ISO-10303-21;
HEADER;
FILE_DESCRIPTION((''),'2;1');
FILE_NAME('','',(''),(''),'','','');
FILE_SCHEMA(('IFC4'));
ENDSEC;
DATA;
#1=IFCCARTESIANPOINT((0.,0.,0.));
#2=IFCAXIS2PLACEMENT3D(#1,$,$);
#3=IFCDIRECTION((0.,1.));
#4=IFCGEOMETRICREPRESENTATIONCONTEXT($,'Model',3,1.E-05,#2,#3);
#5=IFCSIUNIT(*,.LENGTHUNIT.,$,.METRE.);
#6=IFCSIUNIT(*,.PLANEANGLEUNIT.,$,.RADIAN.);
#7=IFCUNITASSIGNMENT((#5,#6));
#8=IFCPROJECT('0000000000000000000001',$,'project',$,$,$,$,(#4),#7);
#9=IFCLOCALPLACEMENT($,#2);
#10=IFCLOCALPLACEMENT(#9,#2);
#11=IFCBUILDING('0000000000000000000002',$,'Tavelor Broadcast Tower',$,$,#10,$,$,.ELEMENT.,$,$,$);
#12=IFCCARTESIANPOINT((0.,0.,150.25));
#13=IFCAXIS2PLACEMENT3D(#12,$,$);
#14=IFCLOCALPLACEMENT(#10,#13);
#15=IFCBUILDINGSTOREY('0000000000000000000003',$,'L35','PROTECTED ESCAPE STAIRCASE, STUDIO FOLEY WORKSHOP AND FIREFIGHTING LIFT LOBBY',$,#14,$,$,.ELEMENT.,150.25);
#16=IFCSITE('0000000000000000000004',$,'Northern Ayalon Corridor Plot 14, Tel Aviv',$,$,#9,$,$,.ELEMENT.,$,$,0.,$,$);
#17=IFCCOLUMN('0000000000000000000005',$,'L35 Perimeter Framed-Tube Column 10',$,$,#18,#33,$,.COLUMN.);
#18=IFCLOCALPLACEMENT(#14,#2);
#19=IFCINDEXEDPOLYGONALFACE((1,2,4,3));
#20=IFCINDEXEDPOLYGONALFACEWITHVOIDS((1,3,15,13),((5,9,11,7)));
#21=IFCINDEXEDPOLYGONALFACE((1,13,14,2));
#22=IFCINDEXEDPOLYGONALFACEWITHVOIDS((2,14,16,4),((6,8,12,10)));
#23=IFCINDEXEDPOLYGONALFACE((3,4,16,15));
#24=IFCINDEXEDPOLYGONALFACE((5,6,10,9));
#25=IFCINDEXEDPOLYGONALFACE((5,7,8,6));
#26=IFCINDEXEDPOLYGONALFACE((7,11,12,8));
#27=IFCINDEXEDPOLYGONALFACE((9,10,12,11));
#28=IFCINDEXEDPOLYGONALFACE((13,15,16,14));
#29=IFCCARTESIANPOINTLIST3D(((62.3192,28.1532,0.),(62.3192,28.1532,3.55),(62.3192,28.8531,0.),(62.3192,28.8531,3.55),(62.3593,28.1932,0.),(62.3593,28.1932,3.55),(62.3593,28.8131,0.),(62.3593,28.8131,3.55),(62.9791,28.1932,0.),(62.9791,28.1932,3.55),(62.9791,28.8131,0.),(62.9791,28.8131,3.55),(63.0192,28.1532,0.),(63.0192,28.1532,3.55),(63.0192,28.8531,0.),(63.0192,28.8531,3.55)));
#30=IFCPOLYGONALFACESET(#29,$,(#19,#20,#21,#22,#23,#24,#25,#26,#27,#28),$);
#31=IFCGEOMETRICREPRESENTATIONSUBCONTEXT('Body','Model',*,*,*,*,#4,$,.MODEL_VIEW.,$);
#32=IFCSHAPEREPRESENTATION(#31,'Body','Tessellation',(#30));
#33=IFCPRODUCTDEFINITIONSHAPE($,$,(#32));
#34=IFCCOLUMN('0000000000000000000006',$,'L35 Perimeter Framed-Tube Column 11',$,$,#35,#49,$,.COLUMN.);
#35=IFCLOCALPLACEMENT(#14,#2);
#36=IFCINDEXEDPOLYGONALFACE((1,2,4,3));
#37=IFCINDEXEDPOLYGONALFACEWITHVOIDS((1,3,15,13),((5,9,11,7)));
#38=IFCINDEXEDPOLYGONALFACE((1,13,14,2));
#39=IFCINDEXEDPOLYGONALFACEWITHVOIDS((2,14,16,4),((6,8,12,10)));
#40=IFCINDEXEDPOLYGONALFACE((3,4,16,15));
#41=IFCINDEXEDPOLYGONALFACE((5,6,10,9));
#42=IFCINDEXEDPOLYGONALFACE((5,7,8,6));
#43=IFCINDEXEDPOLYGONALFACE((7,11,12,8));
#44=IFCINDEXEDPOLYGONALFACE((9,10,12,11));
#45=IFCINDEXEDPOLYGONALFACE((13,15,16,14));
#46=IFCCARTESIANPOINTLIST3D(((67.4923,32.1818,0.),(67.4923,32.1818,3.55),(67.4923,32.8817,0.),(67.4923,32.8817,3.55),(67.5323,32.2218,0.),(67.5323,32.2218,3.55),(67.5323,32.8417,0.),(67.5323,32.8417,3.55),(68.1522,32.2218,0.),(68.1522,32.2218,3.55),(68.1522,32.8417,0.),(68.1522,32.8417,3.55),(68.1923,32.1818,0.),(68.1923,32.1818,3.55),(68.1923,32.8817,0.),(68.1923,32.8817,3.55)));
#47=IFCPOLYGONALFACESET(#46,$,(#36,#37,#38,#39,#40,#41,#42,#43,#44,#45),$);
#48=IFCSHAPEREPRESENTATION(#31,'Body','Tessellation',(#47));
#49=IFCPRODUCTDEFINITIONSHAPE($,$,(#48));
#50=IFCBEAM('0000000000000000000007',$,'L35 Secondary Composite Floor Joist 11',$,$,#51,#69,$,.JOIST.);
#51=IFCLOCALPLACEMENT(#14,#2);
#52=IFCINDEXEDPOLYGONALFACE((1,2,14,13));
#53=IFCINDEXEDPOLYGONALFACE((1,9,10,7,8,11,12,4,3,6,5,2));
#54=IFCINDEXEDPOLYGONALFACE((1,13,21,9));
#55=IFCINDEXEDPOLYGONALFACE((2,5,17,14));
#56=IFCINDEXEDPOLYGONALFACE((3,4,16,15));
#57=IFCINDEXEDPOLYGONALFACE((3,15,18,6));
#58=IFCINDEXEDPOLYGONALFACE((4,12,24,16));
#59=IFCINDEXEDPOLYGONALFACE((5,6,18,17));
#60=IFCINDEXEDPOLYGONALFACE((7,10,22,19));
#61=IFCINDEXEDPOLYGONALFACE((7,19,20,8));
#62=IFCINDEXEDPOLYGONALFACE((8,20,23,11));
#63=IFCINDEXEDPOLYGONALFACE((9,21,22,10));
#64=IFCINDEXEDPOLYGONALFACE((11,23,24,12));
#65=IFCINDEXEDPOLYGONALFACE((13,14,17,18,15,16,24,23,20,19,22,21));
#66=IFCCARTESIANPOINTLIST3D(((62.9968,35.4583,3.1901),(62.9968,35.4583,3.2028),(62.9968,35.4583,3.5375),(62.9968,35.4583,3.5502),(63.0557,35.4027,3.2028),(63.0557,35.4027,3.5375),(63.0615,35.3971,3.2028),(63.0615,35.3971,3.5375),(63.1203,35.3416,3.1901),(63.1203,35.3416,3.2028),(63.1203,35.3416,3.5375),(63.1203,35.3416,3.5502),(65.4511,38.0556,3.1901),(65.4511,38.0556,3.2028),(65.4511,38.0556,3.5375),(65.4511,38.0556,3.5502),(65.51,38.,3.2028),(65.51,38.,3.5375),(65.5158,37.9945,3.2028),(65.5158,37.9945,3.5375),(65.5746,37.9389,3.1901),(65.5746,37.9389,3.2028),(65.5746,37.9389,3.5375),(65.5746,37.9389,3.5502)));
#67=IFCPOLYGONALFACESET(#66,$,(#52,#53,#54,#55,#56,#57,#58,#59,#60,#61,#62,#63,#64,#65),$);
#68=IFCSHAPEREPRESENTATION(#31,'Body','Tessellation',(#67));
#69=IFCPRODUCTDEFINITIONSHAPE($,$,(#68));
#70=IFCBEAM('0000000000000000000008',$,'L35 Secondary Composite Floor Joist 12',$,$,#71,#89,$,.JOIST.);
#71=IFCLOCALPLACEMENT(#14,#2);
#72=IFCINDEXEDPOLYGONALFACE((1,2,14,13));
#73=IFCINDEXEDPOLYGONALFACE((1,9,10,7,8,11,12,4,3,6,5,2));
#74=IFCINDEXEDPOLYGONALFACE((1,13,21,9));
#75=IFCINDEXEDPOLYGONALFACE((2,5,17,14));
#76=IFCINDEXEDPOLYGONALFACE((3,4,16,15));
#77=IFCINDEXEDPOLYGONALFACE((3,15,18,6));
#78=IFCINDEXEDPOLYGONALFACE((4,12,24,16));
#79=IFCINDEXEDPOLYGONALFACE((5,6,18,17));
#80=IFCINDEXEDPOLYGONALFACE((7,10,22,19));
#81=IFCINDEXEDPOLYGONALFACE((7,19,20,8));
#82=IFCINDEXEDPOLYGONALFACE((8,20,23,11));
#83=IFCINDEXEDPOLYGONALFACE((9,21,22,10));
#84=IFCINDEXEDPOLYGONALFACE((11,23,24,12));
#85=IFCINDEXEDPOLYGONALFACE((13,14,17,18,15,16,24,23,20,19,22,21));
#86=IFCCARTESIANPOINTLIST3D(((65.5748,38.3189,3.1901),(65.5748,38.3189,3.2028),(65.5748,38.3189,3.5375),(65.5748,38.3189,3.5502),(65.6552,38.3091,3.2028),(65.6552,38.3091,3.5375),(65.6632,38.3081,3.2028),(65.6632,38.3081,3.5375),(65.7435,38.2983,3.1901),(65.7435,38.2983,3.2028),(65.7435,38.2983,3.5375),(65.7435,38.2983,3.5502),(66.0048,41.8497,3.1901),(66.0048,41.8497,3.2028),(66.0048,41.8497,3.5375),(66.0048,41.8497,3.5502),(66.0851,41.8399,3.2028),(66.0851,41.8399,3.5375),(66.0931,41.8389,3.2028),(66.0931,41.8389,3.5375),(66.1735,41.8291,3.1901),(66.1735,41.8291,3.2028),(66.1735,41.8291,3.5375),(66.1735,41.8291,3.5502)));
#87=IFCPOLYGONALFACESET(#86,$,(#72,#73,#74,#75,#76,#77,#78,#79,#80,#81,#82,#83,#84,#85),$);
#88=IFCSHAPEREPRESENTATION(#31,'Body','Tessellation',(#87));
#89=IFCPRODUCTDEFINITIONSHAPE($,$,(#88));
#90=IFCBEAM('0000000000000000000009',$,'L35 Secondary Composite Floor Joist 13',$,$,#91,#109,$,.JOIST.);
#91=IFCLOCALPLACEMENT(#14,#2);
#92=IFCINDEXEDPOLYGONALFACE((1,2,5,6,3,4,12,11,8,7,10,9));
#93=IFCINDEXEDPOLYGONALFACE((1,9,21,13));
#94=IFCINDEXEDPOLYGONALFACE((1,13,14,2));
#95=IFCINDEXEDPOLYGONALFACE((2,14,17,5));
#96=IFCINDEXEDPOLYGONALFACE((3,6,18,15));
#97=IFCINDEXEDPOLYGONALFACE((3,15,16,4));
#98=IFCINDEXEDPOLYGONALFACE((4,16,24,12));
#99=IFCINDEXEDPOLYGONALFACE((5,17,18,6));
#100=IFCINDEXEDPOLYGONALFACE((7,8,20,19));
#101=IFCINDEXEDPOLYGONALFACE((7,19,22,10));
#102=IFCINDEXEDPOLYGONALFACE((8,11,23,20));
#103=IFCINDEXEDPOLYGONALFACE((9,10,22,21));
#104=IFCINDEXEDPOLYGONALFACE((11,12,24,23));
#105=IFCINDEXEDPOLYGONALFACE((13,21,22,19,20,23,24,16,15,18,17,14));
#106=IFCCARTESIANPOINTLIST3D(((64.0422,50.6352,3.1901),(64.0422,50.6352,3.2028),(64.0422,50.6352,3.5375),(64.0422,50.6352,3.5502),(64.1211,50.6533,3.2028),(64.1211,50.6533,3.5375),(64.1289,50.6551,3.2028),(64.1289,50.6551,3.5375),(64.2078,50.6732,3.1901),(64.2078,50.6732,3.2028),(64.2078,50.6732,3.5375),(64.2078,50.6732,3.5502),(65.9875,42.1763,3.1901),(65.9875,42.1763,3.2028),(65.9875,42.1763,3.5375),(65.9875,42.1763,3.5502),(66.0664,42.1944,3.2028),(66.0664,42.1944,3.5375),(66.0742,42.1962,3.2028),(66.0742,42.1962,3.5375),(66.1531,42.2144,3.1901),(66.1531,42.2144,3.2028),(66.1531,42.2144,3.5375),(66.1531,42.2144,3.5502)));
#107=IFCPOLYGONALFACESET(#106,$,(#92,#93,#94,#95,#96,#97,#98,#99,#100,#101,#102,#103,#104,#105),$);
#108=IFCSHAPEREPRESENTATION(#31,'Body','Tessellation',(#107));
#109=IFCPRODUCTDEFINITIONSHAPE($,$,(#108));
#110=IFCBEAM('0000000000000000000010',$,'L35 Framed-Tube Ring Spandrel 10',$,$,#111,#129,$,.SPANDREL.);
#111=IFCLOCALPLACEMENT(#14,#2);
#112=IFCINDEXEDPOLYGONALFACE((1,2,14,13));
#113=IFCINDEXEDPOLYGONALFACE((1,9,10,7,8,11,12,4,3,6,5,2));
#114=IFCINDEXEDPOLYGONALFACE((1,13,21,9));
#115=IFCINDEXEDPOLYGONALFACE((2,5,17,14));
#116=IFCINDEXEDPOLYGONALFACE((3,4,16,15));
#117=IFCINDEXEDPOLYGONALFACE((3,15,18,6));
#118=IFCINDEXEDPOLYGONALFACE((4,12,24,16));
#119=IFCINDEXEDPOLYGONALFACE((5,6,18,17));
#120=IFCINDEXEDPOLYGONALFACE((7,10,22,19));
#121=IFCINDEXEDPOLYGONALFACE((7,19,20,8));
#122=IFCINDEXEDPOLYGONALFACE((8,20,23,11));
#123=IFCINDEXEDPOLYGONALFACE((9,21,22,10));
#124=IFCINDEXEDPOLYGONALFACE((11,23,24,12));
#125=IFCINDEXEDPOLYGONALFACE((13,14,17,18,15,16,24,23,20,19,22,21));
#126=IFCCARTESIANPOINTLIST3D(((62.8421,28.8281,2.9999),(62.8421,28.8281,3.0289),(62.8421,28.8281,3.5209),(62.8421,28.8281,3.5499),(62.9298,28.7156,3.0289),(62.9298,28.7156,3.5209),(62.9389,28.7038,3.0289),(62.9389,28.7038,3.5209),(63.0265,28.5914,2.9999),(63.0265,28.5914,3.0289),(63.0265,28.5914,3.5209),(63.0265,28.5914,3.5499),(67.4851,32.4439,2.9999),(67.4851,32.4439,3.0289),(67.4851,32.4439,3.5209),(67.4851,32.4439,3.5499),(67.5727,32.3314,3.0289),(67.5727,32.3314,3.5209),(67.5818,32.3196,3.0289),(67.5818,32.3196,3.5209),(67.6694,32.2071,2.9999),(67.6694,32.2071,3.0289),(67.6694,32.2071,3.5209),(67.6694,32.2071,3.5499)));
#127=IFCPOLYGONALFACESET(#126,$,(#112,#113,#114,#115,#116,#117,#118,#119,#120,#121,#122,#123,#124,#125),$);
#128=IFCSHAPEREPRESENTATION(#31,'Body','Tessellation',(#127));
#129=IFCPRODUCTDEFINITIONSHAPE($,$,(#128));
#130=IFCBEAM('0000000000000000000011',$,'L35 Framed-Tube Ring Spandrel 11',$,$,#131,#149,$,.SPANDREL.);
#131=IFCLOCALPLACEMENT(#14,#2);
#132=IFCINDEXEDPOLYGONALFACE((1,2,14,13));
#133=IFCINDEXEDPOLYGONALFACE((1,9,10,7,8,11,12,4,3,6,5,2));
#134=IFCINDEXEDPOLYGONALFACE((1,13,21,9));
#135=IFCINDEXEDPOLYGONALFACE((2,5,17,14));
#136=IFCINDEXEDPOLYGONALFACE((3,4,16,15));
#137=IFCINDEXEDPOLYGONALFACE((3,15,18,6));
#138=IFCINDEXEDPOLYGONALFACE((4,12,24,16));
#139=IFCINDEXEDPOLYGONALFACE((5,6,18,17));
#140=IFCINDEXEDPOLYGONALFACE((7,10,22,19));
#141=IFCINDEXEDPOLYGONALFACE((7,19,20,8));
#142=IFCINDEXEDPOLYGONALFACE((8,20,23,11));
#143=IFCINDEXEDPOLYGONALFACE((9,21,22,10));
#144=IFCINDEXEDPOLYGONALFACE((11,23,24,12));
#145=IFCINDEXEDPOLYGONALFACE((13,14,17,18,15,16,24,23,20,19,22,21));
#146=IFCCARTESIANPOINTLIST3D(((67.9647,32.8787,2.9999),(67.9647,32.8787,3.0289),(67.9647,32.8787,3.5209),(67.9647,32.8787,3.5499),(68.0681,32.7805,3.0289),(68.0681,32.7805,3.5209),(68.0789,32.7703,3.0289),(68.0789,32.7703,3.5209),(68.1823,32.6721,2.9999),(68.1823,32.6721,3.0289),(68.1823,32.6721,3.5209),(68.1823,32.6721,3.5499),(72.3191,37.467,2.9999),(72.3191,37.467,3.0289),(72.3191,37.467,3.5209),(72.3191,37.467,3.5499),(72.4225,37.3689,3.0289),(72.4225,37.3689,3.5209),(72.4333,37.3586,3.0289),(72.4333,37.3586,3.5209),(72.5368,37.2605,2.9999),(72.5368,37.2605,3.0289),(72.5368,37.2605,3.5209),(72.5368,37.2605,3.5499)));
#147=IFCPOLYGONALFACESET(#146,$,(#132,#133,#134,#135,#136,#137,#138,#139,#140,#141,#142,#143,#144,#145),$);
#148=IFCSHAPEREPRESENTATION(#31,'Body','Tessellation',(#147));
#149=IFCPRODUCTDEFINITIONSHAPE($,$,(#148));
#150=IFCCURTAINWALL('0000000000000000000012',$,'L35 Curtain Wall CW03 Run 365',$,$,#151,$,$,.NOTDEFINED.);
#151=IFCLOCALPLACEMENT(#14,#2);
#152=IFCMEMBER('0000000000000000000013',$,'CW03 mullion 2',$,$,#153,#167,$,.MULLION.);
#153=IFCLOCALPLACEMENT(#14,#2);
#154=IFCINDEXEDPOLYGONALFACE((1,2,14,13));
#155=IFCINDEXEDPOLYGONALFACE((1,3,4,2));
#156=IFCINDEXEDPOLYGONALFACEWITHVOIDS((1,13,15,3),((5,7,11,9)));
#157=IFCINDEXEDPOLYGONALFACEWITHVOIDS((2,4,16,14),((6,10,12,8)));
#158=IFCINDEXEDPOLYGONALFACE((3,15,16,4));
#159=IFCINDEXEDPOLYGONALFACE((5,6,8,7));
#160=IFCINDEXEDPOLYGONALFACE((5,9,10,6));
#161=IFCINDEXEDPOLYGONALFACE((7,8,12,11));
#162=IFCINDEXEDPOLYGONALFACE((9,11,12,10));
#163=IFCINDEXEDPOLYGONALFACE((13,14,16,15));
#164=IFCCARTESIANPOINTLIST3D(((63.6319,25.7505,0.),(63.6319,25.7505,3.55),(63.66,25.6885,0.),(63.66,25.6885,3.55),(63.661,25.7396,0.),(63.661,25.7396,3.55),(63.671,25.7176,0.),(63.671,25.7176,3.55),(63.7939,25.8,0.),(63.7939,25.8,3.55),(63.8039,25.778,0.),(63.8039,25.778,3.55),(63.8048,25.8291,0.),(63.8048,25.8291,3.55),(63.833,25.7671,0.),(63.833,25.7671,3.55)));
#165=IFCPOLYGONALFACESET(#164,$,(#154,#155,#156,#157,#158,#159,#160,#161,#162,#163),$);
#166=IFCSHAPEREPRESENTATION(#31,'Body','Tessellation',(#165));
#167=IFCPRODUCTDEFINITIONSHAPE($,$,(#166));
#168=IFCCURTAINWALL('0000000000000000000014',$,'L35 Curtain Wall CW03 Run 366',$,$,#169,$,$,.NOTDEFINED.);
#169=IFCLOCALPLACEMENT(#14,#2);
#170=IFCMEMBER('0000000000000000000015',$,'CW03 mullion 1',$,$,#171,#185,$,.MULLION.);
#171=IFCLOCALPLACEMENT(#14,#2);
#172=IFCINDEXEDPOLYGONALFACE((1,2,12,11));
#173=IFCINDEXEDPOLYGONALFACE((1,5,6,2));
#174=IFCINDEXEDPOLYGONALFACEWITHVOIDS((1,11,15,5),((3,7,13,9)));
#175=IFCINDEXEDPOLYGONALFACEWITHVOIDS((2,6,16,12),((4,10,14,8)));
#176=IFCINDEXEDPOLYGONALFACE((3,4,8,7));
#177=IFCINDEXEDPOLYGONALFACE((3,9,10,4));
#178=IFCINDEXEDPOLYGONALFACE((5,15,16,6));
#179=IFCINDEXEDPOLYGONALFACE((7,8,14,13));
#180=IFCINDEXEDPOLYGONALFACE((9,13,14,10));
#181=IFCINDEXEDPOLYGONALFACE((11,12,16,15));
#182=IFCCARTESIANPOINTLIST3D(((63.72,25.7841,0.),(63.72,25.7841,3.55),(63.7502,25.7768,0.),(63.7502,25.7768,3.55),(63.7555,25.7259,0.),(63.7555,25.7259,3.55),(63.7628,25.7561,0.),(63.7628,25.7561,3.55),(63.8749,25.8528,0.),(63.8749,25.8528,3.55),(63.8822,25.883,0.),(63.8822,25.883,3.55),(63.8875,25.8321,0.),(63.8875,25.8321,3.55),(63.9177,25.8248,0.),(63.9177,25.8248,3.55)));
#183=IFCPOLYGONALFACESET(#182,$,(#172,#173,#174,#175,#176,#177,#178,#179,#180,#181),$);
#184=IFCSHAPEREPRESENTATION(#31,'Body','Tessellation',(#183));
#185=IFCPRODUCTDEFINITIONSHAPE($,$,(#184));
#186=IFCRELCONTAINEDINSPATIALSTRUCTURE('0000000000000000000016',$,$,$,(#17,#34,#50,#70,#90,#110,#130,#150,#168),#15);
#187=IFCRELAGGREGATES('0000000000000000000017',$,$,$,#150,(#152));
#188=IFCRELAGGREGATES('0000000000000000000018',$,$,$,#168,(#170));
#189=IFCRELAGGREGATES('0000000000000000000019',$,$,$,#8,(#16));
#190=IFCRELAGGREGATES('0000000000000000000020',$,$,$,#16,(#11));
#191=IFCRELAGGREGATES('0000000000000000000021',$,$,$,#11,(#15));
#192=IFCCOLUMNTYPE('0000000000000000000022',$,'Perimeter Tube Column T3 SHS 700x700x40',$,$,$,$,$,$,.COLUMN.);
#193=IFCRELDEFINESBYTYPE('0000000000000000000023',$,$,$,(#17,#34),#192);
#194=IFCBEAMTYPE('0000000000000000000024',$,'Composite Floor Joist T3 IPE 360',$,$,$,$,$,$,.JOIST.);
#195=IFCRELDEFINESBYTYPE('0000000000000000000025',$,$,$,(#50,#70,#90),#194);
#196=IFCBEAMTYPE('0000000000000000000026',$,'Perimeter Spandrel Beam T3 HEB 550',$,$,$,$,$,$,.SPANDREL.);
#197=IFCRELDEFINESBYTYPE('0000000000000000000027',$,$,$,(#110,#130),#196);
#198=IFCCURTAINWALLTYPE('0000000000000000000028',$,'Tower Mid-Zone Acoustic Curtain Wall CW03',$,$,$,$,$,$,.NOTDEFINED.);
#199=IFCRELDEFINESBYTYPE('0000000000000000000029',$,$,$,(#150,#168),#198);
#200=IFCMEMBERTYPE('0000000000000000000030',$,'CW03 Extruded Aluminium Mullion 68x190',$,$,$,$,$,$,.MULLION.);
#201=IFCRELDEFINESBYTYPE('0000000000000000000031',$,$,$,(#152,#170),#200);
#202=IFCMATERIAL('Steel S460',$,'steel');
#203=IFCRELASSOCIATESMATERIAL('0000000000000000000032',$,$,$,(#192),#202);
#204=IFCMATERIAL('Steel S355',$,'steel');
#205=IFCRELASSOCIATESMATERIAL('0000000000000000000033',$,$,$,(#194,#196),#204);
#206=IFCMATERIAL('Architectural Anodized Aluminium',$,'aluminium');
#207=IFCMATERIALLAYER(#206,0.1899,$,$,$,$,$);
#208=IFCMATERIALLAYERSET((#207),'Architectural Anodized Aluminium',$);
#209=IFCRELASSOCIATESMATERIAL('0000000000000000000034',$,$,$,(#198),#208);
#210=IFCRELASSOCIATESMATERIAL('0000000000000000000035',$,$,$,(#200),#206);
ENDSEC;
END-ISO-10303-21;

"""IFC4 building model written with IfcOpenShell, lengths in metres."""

from ifc_helpers import new_model, si_unit, direction, frame, origin, origin_2d, place, context, subcontext, project, spatial, hollow_rectangle, i_section, extrude, source, transform, mapped, material, layer, layer_set, material_profile, profile_set, type_object, type_shapes, element, aggregate, save


model = new_model("IFC4")

# Units and contexts
model_context = context("Model", 3, precision=1e-05, world=origin(), true_north=direction((0.0, 1.0)))
body_context = subcontext(model_context, "Body", "Model", "MODEL_VIEW")
ifc_project = project(units=[si_unit("LENGTHUNIT", "METRE"), si_unit("PLANEANGLEUNIT", "RADIAN")], contexts=[model_context])

# Site, building, storey
site_placement = place(None, origin())
site = spatial("IfcSite", under=ifc_project, at=site_placement, Name="Northern Ayalon Corridor Plot 14, Tel Aviv", CompositionType="ELEMENT", RefElevation=0.0)
building_placement = place(site_placement, origin())
building = spatial("IfcBuilding", under=site, at=building_placement, Name="Tavelor Broadcast Tower", CompositionType="ELEMENT")
storey_placement = place(building_placement, frame((0.0, 0.0, 150.25)))
storey = spatial("IfcBuildingStorey", under=building, at=storey_placement, Name="L35", Description="PROTECTED ESCAPE STAIRCASE, STUDIO FOLEY WORKSHOP AND FIREFIGHTING LIFT LOBBY", CompositionType="ELEMENT", Elevation=150.25)

# Columns
ifc_material_1 = material(Name="Steel S460", Category="steel")
ifc_material_profile_1 = material_profile(ifc_material_1, hollow_rectangle(XDim=0.7, YDim=0.7, WallThickness=0.04, at=origin_2d()), Name="SHS 700x700x40")
ifc_profile_set_1 = profile_set([ifc_material_profile_1], Name="Steel S460")
column_type = type_object("IfcColumnType", Name="Perimeter Tube Column T3 SHS 700x700x40", PredefinedType="COLUMN", material=ifc_profile_set_1)
for number, where, z_axis, x_axis, name in (
    (1, (62.6692, 28.5032, 0.0), (0.0, 0.0, 1.0), (1.0, 0.0, 0.0), "L35 Perimeter Framed-Tube Column 10"),
    (2, (67.8423, 32.5317, 0.0), (0.0, 0.0, 1.0), (1.0, 0.0, 0.0), "L35 Perimeter Framed-Tube Column 11"),
):
    element("IfcColumn", number, at=place(storey_placement, frame(where, z_axis=z_axis, x_axis=x_axis)), inside=storey, type_object=column_type, Name=name, PredefinedType="COLUMN", context=body_context, shape_type="SweptSolid", body=[
        extrude(hollow_rectangle(XDim=0.7, YDim=0.7, WallThickness=0.04, at=origin_2d()), origin(), (0.0, 0.0, 1.0), 3.55),
    ])

# Beams
ifc_material_2 = material(Name="Steel S355", Category="steel")
ifc_material_profile_2 = material_profile(ifc_material_2, i_section(OverallWidth=0.1699, OverallDepth=0.3601, WebThickness=0.0081, FlangeThickness=0.0127, at=origin_2d()), Name="IPE 360")
ifc_profile_set_2 = profile_set([ifc_material_profile_2], Name="Steel S355")
beam_type_1 = type_object("IfcBeamType", Name="Composite Floor Joist T3 IPE 360", PredefinedType="JOIST", material=ifc_profile_set_2)
beam_1_placement = place(storey_placement, frame((63.0586, 35.3999, 3.3701), z_axis=(0.686806, 0.726841, 0.0), x_axis=(-0.726841, 0.686806, 0.0)))
element("IfcBeam", 3, at=beam_1_placement, inside=storey, type_object=beam_type_1, Name="L35 Secondary Composite Floor Joist 11", PredefinedType="JOIST", context=body_context, shape_type="SweptSolid", body=[
    extrude(i_section(OverallWidth=0.1699, OverallDepth=0.3601, WebThickness=0.0081, FlangeThickness=0.0127, at=origin_2d()), origin(), (0.0, 0.0, 1.0), 3.5735),
])
beam_2_placement = place(storey_placement, frame((65.6592, 38.3086, 3.3701), z_axis=(0.120875, 0.992668, 0.0), x_axis=(-0.992668, 0.120875, 0.0)))
element("IfcBeam", 4, at=beam_2_placement, inside=storey, type_object=beam_type_1, Name="L35 Secondary Composite Floor Joist 12", PredefinedType="JOIST", context=body_context, shape_type="SweptSolid", body=[
    extrude(i_section(OverallWidth=0.1699, OverallDepth=0.3601, WebThickness=0.0081, FlangeThickness=0.0127, at=origin_2d()), origin(), (0.0, 0.0, 1.0), 3.5569),
])
beam_3_placement = place(storey_placement, frame((66.0703, 42.1953, 3.3701), z_axis=(-0.22412, 0.974562, 0.0), x_axis=(-0.974562, -0.22412, 0.0)))
element("IfcBeam", 5, at=beam_3_placement, inside=storey, type_object=beam_type_1, Name="L35 Secondary Composite Floor Joist 13", PredefinedType="JOIST", context=body_context, shape_type="SweptSolid", body=[
    extrude(i_section(OverallWidth=0.1699, OverallDepth=0.3601, WebThickness=0.0081, FlangeThickness=0.0127, at=origin_2d()), origin(), (0.0, 0.0, 1.0), 8.6797),
])
ifc_material_profile_3 = material_profile(ifc_material_2, i_section(OverallWidth=0.3, OverallDepth=0.55, WebThickness=0.0149, FlangeThickness=0.0291, at=origin_2d()), Name="HEB 550")
ifc_profile_set_3 = profile_set([ifc_material_profile_3], Name="Steel S355")
beam_type_2 = type_object("IfcBeamType", Name="Perimeter Spandrel Beam T3 HEB 550", PredefinedType="SPANDREL", material=ifc_profile_set_3)
beam_4_placement = place(storey_placement, frame((62.9343, 28.7097, 3.2749), z_axis=(0.78897, 0.614432, 0.0), x_axis=(-0.614432, 0.78897, 0.0)))
element("IfcBeam", 6, at=beam_4_placement, inside=storey, type_object=beam_type_2, Name="L35 Framed-Tube Ring Spandrel 10", PredefinedType="SPANDREL", context=body_context, shape_type="SweptSolid", body=[
    extrude(i_section(OverallWidth=0.3, OverallDepth=0.55, WebThickness=0.0149, FlangeThickness=0.0291, at=origin_2d()), origin(), (0.0, 0.0, 1.0), 5.8848),
])
beam_5_placement = place(storey_placement, frame((68.0735, 32.7754, 3.2749), z_axis=(0.688378, 0.725352, 0.0), x_axis=(-0.725352, 0.688378, 0.0)))
element("IfcBeam", 7, at=beam_5_placement, inside=storey, type_object=beam_type_2, Name="L35 Framed-Tube Ring Spandrel 11", PredefinedType="SPANDREL", context=body_context, shape_type="SweptSolid", body=[
    extrude(i_section(OverallWidth=0.3, OverallDepth=0.55, WebThickness=0.0149, FlangeThickness=0.0291, at=origin_2d()), origin(), (0.0, 0.0, 1.0), 6.3257),
])

# Curtain wall, member
ifc_material_3 = material(Name="Architectural Anodized Aluminium", Category="aluminium")
ifc_layer_1 = layer(ifc_material_3, 0.1899)
ifc_layer_set_1 = layer_set([ifc_layer_1], Name="Architectural Anodized Aluminium")
curtain_wall_type = type_object("IfcCurtainWallType", Name="Tower Mid-Zone Acoustic Curtain Wall CW03", PredefinedType="NOTDEFINED", material=ifc_layer_set_1)
curtain_wall_1_placement = place(storey_placement, origin())
curtain_wall_1 = element("IfcCurtainWall", 8, at=curtain_wall_1_placement, inside=storey, type_object=curtain_wall_type, Name="L35 Curtain Wall CW03 Run 365", PredefinedType="NOTDEFINED")
ifc_material_profile_4 = material_profile(ifc_material_3, hollow_rectangle(XDim=0.0681, YDim=0.1899, WallThickness=0.022, at=origin_2d()), Name="RHS 68x190x22")
ifc_profile_set_4 = profile_set([ifc_material_profile_4], Name="Architectural Anodized Aluminium")
member_type_1 = type_object("IfcMemberType", Name="CW03 Extruded Aluminium Mullion 68x190", PredefinedType="MULLION", material=ifc_profile_set_4)
shared_shape_1 = source(origin(), body_context, "Body", "SweptSolid", [
    extrude(hollow_rectangle(XDim=0.0681, YDim=0.1899, WallThickness=0.022, at=origin_2d()), origin(), (0.0, 0.0, 1.0), 3.55),
])
type_shapes(member_type_1, [shared_shape_1])
member_1_placement = place(storey_placement, frame((63.7324, 25.7588, 0.0), z_axis=(0.0, 0.0, 1.0), x_axis=(-0.413509, 0.9105, 0.0)))
member_1 = element("IfcMember", 9, at=member_1_placement, type_object=member_type_1, Name="CW03 mullion 2", PredefinedType="MULLION", context=body_context, shape_type="MappedRepresentation", body=[
    mapped(shared_shape_1, transform((0.0, 0.0, 0.0), scale=1.0)),
])
aggregate(curtain_wall_1, [member_1])

# Curtain wall, member
curtain_wall_2_placement = place(storey_placement, origin())
curtain_wall_2 = element("IfcCurtainWall", 10, at=curtain_wall_2_placement, inside=storey, type_object=curtain_wall_type, Name="L35 Curtain Wall CW03 Run 366", PredefinedType="NOTDEFINED")
member_2_placement = place(storey_placement, frame((63.8188, 25.8044, 0.0), z_axis=(0.0, 0.0, 1.0), x_axis=(-0.520644, 0.853774, 0.0)))
member_2 = element("IfcMember", 11, at=member_2_placement, type_object=member_type_1, Name="CW03 mullion 1", PredefinedType="MULLION", context=body_context, shape_type="MappedRepresentation", body=[
    mapped(shared_shape_1, transform((0.0, 0.0, 0.0), scale=1.0)),
])

aggregate(curtain_wall_2, [member_2])

save(model, "model.ifc")
